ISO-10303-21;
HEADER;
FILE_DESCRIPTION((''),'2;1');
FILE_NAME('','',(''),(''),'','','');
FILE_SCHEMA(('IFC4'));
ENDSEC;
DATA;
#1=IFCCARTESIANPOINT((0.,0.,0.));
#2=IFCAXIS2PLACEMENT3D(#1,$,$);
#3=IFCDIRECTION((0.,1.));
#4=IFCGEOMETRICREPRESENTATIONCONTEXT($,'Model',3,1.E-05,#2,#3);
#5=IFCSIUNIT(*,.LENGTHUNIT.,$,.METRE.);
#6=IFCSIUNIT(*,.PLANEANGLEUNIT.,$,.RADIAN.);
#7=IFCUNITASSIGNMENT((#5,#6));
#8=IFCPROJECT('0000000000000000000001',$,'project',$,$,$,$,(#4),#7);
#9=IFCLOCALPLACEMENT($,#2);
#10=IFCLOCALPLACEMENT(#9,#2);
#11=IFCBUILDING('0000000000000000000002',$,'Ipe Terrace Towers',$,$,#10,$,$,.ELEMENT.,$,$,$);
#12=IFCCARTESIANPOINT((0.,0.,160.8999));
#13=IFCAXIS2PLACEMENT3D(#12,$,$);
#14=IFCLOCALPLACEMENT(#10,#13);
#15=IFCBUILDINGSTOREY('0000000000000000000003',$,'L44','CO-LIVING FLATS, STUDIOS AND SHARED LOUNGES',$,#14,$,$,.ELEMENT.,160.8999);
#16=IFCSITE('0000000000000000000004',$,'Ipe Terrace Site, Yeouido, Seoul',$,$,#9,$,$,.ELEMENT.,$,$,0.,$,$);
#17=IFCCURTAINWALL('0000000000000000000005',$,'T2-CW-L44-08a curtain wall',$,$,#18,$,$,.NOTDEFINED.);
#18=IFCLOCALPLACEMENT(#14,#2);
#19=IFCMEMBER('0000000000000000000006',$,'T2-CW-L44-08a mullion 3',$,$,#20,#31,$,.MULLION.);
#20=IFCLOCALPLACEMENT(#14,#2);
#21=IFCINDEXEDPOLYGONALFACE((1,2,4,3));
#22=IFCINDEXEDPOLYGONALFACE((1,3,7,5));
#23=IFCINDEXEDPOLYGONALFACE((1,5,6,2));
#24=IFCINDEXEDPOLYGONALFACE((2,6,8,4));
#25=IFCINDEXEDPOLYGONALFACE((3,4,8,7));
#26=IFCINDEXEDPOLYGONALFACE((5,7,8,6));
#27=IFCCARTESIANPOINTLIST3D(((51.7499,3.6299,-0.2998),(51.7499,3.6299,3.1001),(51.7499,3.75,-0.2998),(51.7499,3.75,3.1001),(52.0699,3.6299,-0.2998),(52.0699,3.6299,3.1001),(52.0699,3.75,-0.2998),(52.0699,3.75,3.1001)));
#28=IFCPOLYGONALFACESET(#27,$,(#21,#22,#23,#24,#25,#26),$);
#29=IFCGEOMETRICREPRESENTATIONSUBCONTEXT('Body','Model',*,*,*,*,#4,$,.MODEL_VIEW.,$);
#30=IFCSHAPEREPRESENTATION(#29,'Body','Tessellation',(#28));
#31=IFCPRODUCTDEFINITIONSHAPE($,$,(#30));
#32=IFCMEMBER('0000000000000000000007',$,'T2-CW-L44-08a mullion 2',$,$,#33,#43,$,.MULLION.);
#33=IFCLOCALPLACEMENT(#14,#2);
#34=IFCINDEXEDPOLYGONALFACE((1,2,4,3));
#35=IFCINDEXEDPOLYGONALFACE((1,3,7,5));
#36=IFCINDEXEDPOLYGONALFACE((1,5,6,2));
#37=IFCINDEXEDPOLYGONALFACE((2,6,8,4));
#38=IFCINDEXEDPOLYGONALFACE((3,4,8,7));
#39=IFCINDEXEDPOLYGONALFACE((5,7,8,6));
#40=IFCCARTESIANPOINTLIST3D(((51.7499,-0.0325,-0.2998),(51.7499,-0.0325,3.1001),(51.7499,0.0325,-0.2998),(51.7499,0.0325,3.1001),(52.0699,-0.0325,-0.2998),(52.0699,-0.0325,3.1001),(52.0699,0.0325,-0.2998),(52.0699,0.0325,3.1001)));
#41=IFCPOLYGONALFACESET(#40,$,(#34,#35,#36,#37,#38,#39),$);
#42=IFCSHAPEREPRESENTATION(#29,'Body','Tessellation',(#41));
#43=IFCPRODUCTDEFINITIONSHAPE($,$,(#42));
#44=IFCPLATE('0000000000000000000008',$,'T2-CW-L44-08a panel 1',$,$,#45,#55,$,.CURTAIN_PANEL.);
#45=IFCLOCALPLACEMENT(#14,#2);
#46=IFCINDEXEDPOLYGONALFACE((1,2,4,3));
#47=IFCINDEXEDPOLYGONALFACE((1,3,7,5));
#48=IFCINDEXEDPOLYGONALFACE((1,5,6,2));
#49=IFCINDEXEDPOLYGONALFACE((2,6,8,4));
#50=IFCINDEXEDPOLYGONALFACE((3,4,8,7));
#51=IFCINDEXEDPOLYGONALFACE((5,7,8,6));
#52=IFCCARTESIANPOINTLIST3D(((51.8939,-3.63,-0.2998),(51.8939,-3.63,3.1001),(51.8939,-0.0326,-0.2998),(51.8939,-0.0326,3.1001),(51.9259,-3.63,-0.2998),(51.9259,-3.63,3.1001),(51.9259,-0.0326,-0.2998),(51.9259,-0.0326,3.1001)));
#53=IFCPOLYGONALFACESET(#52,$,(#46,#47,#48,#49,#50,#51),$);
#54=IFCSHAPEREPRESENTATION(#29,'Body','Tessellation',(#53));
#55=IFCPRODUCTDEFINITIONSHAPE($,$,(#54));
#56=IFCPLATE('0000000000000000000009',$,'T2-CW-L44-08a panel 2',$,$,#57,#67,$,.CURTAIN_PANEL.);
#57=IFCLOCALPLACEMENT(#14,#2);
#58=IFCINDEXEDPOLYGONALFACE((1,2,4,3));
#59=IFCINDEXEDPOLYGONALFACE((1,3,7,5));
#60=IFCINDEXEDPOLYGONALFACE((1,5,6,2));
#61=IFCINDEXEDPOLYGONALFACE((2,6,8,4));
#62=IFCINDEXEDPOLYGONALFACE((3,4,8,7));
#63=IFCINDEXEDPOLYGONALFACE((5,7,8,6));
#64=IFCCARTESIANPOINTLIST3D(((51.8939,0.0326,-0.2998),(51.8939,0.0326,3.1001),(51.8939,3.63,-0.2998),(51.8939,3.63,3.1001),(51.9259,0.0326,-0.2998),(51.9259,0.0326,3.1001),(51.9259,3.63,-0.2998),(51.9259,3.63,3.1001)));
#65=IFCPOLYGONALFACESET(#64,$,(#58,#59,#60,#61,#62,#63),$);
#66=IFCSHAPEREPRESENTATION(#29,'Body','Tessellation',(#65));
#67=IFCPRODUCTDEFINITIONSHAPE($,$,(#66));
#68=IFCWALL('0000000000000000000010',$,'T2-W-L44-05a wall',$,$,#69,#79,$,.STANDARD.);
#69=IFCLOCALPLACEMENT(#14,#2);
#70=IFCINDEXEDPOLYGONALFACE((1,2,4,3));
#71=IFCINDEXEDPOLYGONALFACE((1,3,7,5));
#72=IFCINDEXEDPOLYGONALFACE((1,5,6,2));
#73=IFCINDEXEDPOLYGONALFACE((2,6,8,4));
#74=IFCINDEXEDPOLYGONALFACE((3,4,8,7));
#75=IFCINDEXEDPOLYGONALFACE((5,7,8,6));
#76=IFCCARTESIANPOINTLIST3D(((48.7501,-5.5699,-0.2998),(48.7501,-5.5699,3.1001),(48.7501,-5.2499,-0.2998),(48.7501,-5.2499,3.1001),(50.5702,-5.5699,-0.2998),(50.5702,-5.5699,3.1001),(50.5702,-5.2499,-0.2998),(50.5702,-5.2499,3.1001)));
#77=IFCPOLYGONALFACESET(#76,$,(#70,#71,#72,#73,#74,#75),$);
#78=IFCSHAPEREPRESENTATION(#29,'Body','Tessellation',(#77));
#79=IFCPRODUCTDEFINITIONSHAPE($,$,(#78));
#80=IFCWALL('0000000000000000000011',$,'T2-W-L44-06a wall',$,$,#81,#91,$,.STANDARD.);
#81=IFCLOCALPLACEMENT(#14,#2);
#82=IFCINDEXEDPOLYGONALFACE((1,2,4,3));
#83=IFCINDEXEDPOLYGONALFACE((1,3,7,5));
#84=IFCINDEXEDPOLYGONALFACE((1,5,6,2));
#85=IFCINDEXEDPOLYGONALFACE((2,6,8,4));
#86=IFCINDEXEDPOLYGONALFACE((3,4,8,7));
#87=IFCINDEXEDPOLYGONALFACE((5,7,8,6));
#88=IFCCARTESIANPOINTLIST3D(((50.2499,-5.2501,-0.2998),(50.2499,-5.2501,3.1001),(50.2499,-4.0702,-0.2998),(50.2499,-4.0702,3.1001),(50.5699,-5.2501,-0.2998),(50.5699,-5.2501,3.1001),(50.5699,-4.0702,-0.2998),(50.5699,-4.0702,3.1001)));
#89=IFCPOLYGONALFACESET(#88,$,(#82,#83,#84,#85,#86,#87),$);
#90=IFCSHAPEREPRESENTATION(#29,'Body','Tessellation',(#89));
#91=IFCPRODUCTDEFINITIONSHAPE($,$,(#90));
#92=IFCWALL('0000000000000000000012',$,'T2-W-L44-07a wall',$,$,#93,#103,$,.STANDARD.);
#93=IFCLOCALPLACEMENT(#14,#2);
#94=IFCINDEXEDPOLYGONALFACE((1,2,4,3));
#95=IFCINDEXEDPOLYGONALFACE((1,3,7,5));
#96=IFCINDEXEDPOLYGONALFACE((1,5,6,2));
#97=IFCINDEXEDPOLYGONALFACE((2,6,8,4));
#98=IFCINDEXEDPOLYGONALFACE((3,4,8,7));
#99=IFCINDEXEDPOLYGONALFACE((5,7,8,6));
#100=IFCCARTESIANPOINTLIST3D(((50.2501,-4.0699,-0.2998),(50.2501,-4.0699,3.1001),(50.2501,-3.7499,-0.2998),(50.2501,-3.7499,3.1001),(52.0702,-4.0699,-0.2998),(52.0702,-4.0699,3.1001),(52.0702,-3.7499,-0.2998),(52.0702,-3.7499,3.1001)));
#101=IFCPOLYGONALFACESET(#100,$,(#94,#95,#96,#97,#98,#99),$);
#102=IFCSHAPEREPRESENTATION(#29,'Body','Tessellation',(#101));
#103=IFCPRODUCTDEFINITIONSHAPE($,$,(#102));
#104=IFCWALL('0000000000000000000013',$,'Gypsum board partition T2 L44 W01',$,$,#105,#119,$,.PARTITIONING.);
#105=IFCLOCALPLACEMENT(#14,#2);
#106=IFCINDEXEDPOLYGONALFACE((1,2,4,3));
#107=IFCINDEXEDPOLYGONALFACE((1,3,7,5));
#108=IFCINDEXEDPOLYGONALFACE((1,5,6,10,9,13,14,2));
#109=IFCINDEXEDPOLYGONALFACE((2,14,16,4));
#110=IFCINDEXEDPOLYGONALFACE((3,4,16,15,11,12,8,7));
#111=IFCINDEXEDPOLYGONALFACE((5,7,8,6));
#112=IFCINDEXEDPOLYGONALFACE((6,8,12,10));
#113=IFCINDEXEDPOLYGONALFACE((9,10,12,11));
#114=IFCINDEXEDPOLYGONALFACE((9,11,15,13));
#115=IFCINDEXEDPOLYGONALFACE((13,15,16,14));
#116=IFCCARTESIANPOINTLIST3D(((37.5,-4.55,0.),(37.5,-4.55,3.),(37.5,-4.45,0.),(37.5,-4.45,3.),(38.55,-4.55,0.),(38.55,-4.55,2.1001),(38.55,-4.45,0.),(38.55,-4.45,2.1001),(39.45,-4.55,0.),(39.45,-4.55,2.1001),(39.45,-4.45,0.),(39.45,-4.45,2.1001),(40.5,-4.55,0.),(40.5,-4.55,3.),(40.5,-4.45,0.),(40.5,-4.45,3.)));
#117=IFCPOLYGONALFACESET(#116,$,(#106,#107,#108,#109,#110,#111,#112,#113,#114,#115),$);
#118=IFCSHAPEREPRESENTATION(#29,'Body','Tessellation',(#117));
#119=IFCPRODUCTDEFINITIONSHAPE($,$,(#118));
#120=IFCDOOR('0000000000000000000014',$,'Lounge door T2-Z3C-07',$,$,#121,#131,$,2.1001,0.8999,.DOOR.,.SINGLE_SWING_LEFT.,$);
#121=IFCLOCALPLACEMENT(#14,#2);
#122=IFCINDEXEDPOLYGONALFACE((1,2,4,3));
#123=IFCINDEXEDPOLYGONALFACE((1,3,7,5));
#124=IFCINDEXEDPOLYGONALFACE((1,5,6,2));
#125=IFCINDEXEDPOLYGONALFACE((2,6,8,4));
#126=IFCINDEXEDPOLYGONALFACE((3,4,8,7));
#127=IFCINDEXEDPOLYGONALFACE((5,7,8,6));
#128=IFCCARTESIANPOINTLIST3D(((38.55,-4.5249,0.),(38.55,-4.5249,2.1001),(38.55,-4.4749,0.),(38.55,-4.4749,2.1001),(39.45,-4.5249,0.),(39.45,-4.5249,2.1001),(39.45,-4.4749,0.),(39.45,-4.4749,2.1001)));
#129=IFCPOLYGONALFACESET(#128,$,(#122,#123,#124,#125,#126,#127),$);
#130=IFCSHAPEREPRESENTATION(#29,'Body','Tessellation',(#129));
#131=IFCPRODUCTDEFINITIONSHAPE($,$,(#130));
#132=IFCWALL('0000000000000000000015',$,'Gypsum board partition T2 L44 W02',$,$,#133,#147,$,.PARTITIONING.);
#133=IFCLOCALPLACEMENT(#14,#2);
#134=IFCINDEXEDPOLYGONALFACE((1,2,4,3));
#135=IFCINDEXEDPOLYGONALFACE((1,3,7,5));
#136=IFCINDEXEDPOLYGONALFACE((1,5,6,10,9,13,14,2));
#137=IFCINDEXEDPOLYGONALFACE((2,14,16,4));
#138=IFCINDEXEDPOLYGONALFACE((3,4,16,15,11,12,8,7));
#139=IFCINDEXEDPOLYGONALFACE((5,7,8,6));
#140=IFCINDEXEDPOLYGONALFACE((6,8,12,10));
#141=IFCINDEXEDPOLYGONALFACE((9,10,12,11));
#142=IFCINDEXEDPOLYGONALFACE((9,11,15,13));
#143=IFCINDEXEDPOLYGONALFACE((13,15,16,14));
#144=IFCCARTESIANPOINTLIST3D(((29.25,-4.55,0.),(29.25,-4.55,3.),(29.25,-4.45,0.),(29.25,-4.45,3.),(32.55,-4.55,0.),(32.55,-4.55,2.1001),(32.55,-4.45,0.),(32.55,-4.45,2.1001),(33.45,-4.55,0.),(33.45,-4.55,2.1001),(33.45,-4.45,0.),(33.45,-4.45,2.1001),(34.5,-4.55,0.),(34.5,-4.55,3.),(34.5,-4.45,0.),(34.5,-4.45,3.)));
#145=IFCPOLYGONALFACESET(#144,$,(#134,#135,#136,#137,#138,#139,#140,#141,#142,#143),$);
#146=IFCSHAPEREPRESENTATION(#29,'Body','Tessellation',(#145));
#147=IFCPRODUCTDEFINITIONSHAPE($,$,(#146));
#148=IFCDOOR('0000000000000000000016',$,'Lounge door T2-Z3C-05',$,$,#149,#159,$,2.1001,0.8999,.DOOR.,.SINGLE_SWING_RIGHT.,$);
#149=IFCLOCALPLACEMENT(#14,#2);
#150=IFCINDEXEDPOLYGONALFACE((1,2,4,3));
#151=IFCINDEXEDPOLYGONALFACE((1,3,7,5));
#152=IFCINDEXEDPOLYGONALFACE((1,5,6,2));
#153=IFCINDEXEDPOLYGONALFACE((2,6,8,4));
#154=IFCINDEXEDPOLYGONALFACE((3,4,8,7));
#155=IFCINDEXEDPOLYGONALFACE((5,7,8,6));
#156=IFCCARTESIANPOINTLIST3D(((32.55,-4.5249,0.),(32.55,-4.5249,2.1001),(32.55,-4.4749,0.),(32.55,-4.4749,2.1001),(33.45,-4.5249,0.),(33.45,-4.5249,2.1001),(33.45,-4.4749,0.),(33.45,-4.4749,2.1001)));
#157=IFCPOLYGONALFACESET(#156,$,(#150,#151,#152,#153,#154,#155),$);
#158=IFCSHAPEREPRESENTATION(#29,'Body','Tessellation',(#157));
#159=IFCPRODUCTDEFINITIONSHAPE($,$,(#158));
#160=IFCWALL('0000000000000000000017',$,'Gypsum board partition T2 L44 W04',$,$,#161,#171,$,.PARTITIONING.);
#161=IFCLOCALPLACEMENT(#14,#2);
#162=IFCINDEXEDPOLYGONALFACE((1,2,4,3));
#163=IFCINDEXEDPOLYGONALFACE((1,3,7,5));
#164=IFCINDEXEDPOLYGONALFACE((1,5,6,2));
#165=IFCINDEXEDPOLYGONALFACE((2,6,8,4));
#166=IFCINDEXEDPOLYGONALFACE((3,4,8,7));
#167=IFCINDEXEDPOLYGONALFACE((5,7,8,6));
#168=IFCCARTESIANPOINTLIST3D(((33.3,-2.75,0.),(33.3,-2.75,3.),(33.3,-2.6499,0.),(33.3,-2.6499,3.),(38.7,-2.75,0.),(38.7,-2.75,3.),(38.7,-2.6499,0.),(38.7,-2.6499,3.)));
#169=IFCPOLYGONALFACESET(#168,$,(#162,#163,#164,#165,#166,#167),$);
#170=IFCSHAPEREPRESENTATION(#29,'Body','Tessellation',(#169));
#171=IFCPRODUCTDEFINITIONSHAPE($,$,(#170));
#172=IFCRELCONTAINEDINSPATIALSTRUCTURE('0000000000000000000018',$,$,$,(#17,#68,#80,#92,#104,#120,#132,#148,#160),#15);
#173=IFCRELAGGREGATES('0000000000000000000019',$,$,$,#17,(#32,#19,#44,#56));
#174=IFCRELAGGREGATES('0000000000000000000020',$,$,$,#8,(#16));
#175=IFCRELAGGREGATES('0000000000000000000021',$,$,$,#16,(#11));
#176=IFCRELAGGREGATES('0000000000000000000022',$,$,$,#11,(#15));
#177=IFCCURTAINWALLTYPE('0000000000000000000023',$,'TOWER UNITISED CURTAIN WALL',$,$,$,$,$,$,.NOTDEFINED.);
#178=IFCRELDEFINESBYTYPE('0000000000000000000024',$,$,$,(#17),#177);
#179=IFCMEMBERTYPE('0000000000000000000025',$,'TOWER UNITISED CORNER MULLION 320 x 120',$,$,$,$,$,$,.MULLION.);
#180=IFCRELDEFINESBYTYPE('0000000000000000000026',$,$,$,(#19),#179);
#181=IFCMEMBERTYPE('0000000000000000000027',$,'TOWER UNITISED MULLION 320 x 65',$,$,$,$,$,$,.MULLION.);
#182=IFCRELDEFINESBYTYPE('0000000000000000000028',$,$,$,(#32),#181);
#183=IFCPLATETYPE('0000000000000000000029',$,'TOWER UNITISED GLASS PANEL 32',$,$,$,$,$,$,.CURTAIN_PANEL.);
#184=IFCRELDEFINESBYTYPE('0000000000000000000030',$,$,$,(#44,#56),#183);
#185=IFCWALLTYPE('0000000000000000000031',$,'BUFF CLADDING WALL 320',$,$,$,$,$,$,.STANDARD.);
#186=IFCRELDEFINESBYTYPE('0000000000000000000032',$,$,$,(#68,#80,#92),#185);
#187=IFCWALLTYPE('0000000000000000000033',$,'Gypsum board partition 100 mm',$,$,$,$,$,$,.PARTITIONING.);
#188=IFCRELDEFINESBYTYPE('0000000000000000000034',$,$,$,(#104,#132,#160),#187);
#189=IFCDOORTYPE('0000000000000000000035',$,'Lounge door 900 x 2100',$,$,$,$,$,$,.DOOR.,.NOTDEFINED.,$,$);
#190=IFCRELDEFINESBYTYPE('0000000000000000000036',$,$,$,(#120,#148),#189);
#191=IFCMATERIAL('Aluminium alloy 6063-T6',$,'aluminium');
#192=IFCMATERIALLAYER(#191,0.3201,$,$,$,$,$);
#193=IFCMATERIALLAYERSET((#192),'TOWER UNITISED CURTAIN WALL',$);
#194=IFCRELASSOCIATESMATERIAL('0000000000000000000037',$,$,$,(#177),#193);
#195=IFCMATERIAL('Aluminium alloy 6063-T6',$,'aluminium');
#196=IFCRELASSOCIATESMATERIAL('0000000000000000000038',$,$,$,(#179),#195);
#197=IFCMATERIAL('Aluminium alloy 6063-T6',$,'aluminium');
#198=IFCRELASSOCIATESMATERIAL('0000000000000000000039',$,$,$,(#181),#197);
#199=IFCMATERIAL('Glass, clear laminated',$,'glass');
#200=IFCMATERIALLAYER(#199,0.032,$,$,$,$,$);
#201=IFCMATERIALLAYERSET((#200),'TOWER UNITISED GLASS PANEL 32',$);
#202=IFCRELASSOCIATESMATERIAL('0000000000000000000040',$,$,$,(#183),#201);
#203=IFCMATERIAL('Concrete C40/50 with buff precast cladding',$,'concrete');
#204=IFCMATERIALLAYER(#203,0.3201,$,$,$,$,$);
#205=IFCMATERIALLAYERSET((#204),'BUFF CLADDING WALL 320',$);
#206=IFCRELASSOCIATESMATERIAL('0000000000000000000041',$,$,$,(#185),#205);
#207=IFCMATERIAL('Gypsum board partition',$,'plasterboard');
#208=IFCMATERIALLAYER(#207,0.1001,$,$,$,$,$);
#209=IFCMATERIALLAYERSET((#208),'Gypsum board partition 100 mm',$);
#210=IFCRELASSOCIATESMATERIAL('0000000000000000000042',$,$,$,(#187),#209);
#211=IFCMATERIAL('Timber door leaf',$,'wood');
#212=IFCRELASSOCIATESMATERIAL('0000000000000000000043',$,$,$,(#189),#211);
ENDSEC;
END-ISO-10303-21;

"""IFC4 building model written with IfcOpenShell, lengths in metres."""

from ifc_helpers import new_model, si_unit, direction, frame, frame_2d, origin, origin_2d, place, context, subcontext, project, spatial, rectangle, extrude, material, layer, layer_set, material_profile, profile_set, type_object, element, fill, aggregate, save


model = new_model("IFC4")

# Units and contexts
model_context = context("Model", 3, precision=1e-05, world=origin(), true_north=direction((0.0, 1.0)))
body_context = subcontext(model_context, "Body", "Model", "MODEL_VIEW")
ifc_project = project(units=[si_unit("LENGTHUNIT", "METRE"), si_unit("PLANEANGLEUNIT", "RADIAN")], contexts=[model_context])

# Site, building, storey
site_placement = place(None, origin())
site = spatial("IfcSite", under=ifc_project, at=site_placement, Name="Ipe Terrace Site, Yeouido, Seoul", CompositionType="ELEMENT", RefElevation=0.0)
building_placement = place(site_placement, origin())
building = spatial("IfcBuilding", under=site, at=building_placement, Name="Ipe Terrace Towers", CompositionType="ELEMENT")
storey_placement = place(building_placement, frame((0.0, 0.0, 160.8999)))
storey = spatial("IfcBuildingStorey", under=building, at=storey_placement, Name="L44", Description="CO-LIVING FLATS, STUDIOS AND SHARED LOUNGES", CompositionType="ELEMENT", Elevation=160.8999)

# Curtain wall, members, plates
ifc_material_1 = material(Name="Aluminium alloy 6063-T6", Category="aluminium")
ifc_layer_1 = layer(ifc_material_1, 0.3201)
ifc_layer_set_1 = layer_set([ifc_layer_1], Name="TOWER UNITISED CURTAIN WALL")
curtain_wall_type = type_object("IfcCurtainWallType", Name="TOWER UNITISED CURTAIN WALL", PredefinedType="NOTDEFINED", material=ifc_layer_set_1)
curtain_wall_placement = place(storey_placement, origin())
curtain_wall = element("IfcCurtainWall", 1, at=curtain_wall_placement, inside=storey, type_object=curtain_wall_type, Name="T2-CW-L44-08a curtain wall", PredefinedType="NOTDEFINED")
ifc_material_2 = material(Name="Aluminium alloy 6063-T6", Category="aluminium")
ifc_material_profile_1 = material_profile(ifc_material_2, rectangle(XDim=0.3201, YDim=0.1201, at=origin_2d()), Name="TOWER UNITISED CORNER MULLION 320 x 120")
ifc_profile_set_1 = profile_set([ifc_material_profile_1], Name="Aluminium alloy 6063-T6")
member_type_1 = type_object("IfcMemberType", Name="TOWER UNITISED CORNER MULLION 320 x 120", PredefinedType="MULLION", material=ifc_profile_set_1)
member_1_placement = place(storey_placement, frame((51.9099, 3.6899, -0.2998), z_axis=(0.0, 0.0, 1.0), x_axis=(1.0, 0.0, 0.0)))
member_1 = element("IfcMember", 2, at=member_1_placement, type_object=member_type_1, Name="T2-CW-L44-08a mullion 3", PredefinedType="MULLION", context=body_context, shape_type="SweptSolid", body=[
    extrude(rectangle(XDim=0.3201, YDim=0.1201, at=origin_2d()), origin(), (0.0, 0.0, 1.0), 3.3999),
])
ifc_material_3 = material(Name="Aluminium alloy 6063-T6", Category="aluminium")
ifc_material_profile_2 = material_profile(ifc_material_3, rectangle(XDim=0.3201, YDim=0.0649, at=origin_2d()), Name="TOWER UNITISED MULLION 320 x 65")
ifc_profile_set_2 = profile_set([ifc_material_profile_2], Name="Aluminium alloy 6063-T6")
member_type_2 = type_object("IfcMemberType", Name="TOWER UNITISED MULLION 320 x 65", PredefinedType="MULLION", material=ifc_profile_set_2)
member_2_placement = place(storey_placement, frame((51.9099, 0.0, -0.2998), z_axis=(0.0, 0.0, 1.0), x_axis=(1.0, 0.0, 0.0)))
member_2 = element("IfcMember", 3, at=member_2_placement, type_object=member_type_2, Name="T2-CW-L44-08a mullion 2", PredefinedType="MULLION", context=body_context, shape_type="SweptSolid", body=[
    extrude(rectangle(XDim=0.3201, YDim=0.0649, at=origin_2d()), origin(), (0.0, 0.0, 1.0), 3.3999),
])
ifc_material_4 = material(Name="Glass, clear laminated", Category="glass")
ifc_layer_2 = layer(ifc_material_4, 0.032)
ifc_layer_set_2 = layer_set([ifc_layer_2], Name="TOWER UNITISED GLASS PANEL 32")
plate_type = type_object("IfcPlateType", Name="TOWER UNITISED GLASS PANEL 32", PredefinedType="CURTAIN_PANEL", material=ifc_layer_set_2)
plate_1_placement = place(storey_placement, frame((51.9099, -1.8313, -0.2998), z_axis=(0.0, 0.0, 1.0), x_axis=(0.0, 1.0, 0.0)))
plate_1 = element("IfcPlate", 4, at=plate_1_placement, type_object=plate_type, Name="T2-CW-L44-08a panel 1", PredefinedType="CURTAIN_PANEL", context=body_context, shape_type="SweptSolid", body=[
    extrude(rectangle(XDim=3.5974, YDim=0.032, at=origin_2d()), origin(), (0.0, 0.0, 1.0), 3.3999),
])
plate_2_placement = place(storey_placement, frame((51.9099, 1.8313, -0.2998), z_axis=(0.0, 0.0, 1.0), x_axis=(0.0, 1.0, 0.0)))
plate_2 = element("IfcPlate", 5, at=plate_2_placement, type_object=plate_type, Name="T2-CW-L44-08a panel 2", PredefinedType="CURTAIN_PANEL", context=body_context, shape_type="SweptSolid", body=[
    extrude(rectangle(XDim=3.5974, YDim=0.032, at=origin_2d()), origin(), (0.0, 0.0, 1.0), 3.3999),
])
aggregate(curtain_wall, [member_2, member_1, plate_1, plate_2])

# Walls
ifc_material_5 = material(Name="Concrete C40/50 with buff precast cladding", Category="concrete")
ifc_layer_3 = layer(ifc_material_5, 0.3201)
ifc_layer_set_3 = layer_set([ifc_layer_3], Name="BUFF CLADDING WALL 320")
wall_type_1 = type_object("IfcWallType", Name="BUFF CLADDING WALL 320", PredefinedType="STANDARD", material=ifc_layer_set_3)
wall_1_placement = place(storey_placement, frame((48.75, -5.4099, -0.2998), z_axis=(0.0, 0.0, 1.0), x_axis=(1.0, 0.0, 0.0)))
element("IfcWall", 6, at=wall_1_placement, inside=storey, type_object=wall_type_1, Name="T2-W-L44-05a wall", PredefinedType="STANDARD", context=body_context, shape_type="SweptSolid", body=[
    extrude(rectangle(XDim=1.8201, YDim=0.3201, at=frame_2d((0.9102, 0.0))), origin(), (0.0, 0.0, 1.0), 3.3999),
])
wall_2_placement = place(storey_placement, frame((50.4099, -5.25, -0.2998), z_axis=(0.0, 0.0, 1.0), x_axis=(0.0, 1.0, 0.0)))
element("IfcWall", 7, at=wall_2_placement, inside=storey, type_object=wall_type_1, Name="T2-W-L44-06a wall", PredefinedType="STANDARD", context=body_context, shape_type="SweptSolid", body=[
    extrude(rectangle(XDim=1.1799, YDim=0.3201, at=frame_2d((0.5898, 0.0))), origin(), (0.0, 0.0, 1.0), 3.3999),
])
wall_3_placement = place(storey_placement, frame((50.25, -3.9099, -0.2998), z_axis=(0.0, 0.0, 1.0), x_axis=(1.0, 0.0, 0.0)))
element("IfcWall", 8, at=wall_3_placement, inside=storey, type_object=wall_type_1, Name="T2-W-L44-07a wall", PredefinedType="STANDARD", context=body_context, shape_type="SweptSolid", body=[
    extrude(rectangle(XDim=1.8201, YDim=0.3201, at=frame_2d((0.9102, 0.0))), origin(), (0.0, 0.0, 1.0), 3.3999),
])

# Walls, openings, doors
ifc_material_6 = material(Name="Gypsum board partition", Category="plasterboard")
ifc_layer_4 = layer(ifc_material_6, 0.1001)
ifc_layer_set_4 = layer_set([ifc_layer_4], Name="Gypsum board partition 100 mm")
wall_type_2 = type_object("IfcWallType", Name="Gypsum board partition 100 mm", PredefinedType="PARTITIONING", material=ifc_layer_set_4)
wall_4_placement = place(storey_placement, frame((40.5, -4.5, 0.0), z_axis=(0.0, 0.0, 1.0), x_axis=(-1.0, 0.0, 0.0)))
wall_4 = element("IfcWall", 9, at=wall_4_placement, inside=storey, type_object=wall_type_2, Name="Gypsum board partition T2 L44 W01", PredefinedType="PARTITIONING", context=body_context, shape_type="SweptSolid", body=[
    extrude(rectangle(XDim=3.0, YDim=0.1001, at=frame_2d((1.5, 0.0))), origin(), (0.0, 0.0, 1.0), 3.0),
])
opening_1_placement = place(wall_4_placement, frame((1.05, 0.0, 0.0)))
opening_1 = element("IfcOpeningElement", 10, at=opening_1_placement, cuts=wall_4, PredefinedType="OPENING", context=body_context, shape_type="SweptSolid", body=[
    extrude(rectangle(XDim=0.8999, YDim=2.1001, at=frame_2d((0.45, 1.05))), frame((0.0, 0.0601, 0.0), z_axis=(0.0, -1.0, 0.0), x_axis=(1.0, 0.0, 0.0)), (0.0, 0.0, 1.0), 0.1201),
])
ifc_material_7 = material(Name="Timber door leaf", Category="wood")
door_type = type_object("IfcDoorType", Name="Lounge door 900 x 2100", OperationType="NOTDEFINED", PredefinedType="DOOR", material=ifc_material_7)
door_1_placement = place(opening_1_placement, origin())
door_1 = element("IfcDoor", 11, at=door_1_placement, inside=storey, type_object=door_type, Name="Lounge door T2-Z3C-07", OperationType="SINGLE_SWING_LEFT", OverallHeight=2.1001, OverallWidth=0.8999, PredefinedType="DOOR", context=body_context, shape_type="SweptSolid", body=[
    extrude(rectangle(XDim=0.8999, YDim=2.1001, at=frame_2d((0.45, 1.05))), frame((0.0, 0.0249, 0.0), z_axis=(0.0, -1.0, 0.0), x_axis=(1.0, 0.0, 0.0)), (0.0, 0.0, 1.0), 0.05),
])
fill(opening_1, door_1)
wall_5_placement = place(storey_placement, frame((34.5, -4.5, 0.0), z_axis=(0.0, 0.0, 1.0), x_axis=(-1.0, 0.0, 0.0)))
wall_5 = element("IfcWall", 12, at=wall_5_placement, inside=storey, type_object=wall_type_2, Name="Gypsum board partition T2 L44 W02", PredefinedType="PARTITIONING", context=body_context, shape_type="SweptSolid", body=[
    extrude(rectangle(XDim=5.25, YDim=0.1001, at=frame_2d((2.625, 0.0))), origin(), (0.0, 0.0, 1.0), 3.0),
])
opening_2_placement = place(wall_5_placement, frame((1.05, 0.0, 0.0)))
opening_2 = element("IfcOpeningElement", 13, at=opening_2_placement, cuts=wall_5, PredefinedType="OPENING", context=body_context, shape_type="SweptSolid", body=[
    extrude(rectangle(XDim=0.8999, YDim=2.1001, at=frame_2d((0.45, 1.05))), frame((0.0, 0.0601, 0.0), z_axis=(0.0, -1.0, 0.0), x_axis=(1.0, 0.0, 0.0)), (0.0, 0.0, 1.0), 0.1201),
])
door_2_placement = place(opening_2_placement, origin())
door_2 = element("IfcDoor", 14, at=door_2_placement, inside=storey, type_object=door_type, Name="Lounge door T2-Z3C-05", OperationType="SINGLE_SWING_RIGHT", OverallHeight=2.1001, OverallWidth=0.8999, PredefinedType="DOOR", context=body_context, shape_type="SweptSolid", body=[
    extrude(rectangle(XDim=0.8999, YDim=2.1001, at=frame_2d((0.45, 1.05))), frame((0.0, 0.0249, 0.0), z_axis=(0.0, -1.0, 0.0), x_axis=(1.0, 0.0, 0.0)), (0.0, 0.0, 1.0), 0.05),
])
fill(opening_2, door_2)

# Wall
wall_6_placement = place(storey_placement, frame((38.7, -2.7, 0.0), z_axis=(0.0, 0.0, 1.0), x_axis=(-1.0, 0.0, 0.0)))
element("IfcWall", 15, at=wall_6_placement, inside=storey, type_object=wall_type_2, Name="Gypsum board partition T2 L44 W04", PredefinedType="PARTITIONING", context=body_context, shape_type="SweptSolid", body=[
    extrude(rectangle(XDim=5.3999, YDim=0.1001, at=frame_2d((2.7, 0.0))), origin(), (0.0, 0.0, 1.0), 3.0),
])

save(model, "model.ifc")
